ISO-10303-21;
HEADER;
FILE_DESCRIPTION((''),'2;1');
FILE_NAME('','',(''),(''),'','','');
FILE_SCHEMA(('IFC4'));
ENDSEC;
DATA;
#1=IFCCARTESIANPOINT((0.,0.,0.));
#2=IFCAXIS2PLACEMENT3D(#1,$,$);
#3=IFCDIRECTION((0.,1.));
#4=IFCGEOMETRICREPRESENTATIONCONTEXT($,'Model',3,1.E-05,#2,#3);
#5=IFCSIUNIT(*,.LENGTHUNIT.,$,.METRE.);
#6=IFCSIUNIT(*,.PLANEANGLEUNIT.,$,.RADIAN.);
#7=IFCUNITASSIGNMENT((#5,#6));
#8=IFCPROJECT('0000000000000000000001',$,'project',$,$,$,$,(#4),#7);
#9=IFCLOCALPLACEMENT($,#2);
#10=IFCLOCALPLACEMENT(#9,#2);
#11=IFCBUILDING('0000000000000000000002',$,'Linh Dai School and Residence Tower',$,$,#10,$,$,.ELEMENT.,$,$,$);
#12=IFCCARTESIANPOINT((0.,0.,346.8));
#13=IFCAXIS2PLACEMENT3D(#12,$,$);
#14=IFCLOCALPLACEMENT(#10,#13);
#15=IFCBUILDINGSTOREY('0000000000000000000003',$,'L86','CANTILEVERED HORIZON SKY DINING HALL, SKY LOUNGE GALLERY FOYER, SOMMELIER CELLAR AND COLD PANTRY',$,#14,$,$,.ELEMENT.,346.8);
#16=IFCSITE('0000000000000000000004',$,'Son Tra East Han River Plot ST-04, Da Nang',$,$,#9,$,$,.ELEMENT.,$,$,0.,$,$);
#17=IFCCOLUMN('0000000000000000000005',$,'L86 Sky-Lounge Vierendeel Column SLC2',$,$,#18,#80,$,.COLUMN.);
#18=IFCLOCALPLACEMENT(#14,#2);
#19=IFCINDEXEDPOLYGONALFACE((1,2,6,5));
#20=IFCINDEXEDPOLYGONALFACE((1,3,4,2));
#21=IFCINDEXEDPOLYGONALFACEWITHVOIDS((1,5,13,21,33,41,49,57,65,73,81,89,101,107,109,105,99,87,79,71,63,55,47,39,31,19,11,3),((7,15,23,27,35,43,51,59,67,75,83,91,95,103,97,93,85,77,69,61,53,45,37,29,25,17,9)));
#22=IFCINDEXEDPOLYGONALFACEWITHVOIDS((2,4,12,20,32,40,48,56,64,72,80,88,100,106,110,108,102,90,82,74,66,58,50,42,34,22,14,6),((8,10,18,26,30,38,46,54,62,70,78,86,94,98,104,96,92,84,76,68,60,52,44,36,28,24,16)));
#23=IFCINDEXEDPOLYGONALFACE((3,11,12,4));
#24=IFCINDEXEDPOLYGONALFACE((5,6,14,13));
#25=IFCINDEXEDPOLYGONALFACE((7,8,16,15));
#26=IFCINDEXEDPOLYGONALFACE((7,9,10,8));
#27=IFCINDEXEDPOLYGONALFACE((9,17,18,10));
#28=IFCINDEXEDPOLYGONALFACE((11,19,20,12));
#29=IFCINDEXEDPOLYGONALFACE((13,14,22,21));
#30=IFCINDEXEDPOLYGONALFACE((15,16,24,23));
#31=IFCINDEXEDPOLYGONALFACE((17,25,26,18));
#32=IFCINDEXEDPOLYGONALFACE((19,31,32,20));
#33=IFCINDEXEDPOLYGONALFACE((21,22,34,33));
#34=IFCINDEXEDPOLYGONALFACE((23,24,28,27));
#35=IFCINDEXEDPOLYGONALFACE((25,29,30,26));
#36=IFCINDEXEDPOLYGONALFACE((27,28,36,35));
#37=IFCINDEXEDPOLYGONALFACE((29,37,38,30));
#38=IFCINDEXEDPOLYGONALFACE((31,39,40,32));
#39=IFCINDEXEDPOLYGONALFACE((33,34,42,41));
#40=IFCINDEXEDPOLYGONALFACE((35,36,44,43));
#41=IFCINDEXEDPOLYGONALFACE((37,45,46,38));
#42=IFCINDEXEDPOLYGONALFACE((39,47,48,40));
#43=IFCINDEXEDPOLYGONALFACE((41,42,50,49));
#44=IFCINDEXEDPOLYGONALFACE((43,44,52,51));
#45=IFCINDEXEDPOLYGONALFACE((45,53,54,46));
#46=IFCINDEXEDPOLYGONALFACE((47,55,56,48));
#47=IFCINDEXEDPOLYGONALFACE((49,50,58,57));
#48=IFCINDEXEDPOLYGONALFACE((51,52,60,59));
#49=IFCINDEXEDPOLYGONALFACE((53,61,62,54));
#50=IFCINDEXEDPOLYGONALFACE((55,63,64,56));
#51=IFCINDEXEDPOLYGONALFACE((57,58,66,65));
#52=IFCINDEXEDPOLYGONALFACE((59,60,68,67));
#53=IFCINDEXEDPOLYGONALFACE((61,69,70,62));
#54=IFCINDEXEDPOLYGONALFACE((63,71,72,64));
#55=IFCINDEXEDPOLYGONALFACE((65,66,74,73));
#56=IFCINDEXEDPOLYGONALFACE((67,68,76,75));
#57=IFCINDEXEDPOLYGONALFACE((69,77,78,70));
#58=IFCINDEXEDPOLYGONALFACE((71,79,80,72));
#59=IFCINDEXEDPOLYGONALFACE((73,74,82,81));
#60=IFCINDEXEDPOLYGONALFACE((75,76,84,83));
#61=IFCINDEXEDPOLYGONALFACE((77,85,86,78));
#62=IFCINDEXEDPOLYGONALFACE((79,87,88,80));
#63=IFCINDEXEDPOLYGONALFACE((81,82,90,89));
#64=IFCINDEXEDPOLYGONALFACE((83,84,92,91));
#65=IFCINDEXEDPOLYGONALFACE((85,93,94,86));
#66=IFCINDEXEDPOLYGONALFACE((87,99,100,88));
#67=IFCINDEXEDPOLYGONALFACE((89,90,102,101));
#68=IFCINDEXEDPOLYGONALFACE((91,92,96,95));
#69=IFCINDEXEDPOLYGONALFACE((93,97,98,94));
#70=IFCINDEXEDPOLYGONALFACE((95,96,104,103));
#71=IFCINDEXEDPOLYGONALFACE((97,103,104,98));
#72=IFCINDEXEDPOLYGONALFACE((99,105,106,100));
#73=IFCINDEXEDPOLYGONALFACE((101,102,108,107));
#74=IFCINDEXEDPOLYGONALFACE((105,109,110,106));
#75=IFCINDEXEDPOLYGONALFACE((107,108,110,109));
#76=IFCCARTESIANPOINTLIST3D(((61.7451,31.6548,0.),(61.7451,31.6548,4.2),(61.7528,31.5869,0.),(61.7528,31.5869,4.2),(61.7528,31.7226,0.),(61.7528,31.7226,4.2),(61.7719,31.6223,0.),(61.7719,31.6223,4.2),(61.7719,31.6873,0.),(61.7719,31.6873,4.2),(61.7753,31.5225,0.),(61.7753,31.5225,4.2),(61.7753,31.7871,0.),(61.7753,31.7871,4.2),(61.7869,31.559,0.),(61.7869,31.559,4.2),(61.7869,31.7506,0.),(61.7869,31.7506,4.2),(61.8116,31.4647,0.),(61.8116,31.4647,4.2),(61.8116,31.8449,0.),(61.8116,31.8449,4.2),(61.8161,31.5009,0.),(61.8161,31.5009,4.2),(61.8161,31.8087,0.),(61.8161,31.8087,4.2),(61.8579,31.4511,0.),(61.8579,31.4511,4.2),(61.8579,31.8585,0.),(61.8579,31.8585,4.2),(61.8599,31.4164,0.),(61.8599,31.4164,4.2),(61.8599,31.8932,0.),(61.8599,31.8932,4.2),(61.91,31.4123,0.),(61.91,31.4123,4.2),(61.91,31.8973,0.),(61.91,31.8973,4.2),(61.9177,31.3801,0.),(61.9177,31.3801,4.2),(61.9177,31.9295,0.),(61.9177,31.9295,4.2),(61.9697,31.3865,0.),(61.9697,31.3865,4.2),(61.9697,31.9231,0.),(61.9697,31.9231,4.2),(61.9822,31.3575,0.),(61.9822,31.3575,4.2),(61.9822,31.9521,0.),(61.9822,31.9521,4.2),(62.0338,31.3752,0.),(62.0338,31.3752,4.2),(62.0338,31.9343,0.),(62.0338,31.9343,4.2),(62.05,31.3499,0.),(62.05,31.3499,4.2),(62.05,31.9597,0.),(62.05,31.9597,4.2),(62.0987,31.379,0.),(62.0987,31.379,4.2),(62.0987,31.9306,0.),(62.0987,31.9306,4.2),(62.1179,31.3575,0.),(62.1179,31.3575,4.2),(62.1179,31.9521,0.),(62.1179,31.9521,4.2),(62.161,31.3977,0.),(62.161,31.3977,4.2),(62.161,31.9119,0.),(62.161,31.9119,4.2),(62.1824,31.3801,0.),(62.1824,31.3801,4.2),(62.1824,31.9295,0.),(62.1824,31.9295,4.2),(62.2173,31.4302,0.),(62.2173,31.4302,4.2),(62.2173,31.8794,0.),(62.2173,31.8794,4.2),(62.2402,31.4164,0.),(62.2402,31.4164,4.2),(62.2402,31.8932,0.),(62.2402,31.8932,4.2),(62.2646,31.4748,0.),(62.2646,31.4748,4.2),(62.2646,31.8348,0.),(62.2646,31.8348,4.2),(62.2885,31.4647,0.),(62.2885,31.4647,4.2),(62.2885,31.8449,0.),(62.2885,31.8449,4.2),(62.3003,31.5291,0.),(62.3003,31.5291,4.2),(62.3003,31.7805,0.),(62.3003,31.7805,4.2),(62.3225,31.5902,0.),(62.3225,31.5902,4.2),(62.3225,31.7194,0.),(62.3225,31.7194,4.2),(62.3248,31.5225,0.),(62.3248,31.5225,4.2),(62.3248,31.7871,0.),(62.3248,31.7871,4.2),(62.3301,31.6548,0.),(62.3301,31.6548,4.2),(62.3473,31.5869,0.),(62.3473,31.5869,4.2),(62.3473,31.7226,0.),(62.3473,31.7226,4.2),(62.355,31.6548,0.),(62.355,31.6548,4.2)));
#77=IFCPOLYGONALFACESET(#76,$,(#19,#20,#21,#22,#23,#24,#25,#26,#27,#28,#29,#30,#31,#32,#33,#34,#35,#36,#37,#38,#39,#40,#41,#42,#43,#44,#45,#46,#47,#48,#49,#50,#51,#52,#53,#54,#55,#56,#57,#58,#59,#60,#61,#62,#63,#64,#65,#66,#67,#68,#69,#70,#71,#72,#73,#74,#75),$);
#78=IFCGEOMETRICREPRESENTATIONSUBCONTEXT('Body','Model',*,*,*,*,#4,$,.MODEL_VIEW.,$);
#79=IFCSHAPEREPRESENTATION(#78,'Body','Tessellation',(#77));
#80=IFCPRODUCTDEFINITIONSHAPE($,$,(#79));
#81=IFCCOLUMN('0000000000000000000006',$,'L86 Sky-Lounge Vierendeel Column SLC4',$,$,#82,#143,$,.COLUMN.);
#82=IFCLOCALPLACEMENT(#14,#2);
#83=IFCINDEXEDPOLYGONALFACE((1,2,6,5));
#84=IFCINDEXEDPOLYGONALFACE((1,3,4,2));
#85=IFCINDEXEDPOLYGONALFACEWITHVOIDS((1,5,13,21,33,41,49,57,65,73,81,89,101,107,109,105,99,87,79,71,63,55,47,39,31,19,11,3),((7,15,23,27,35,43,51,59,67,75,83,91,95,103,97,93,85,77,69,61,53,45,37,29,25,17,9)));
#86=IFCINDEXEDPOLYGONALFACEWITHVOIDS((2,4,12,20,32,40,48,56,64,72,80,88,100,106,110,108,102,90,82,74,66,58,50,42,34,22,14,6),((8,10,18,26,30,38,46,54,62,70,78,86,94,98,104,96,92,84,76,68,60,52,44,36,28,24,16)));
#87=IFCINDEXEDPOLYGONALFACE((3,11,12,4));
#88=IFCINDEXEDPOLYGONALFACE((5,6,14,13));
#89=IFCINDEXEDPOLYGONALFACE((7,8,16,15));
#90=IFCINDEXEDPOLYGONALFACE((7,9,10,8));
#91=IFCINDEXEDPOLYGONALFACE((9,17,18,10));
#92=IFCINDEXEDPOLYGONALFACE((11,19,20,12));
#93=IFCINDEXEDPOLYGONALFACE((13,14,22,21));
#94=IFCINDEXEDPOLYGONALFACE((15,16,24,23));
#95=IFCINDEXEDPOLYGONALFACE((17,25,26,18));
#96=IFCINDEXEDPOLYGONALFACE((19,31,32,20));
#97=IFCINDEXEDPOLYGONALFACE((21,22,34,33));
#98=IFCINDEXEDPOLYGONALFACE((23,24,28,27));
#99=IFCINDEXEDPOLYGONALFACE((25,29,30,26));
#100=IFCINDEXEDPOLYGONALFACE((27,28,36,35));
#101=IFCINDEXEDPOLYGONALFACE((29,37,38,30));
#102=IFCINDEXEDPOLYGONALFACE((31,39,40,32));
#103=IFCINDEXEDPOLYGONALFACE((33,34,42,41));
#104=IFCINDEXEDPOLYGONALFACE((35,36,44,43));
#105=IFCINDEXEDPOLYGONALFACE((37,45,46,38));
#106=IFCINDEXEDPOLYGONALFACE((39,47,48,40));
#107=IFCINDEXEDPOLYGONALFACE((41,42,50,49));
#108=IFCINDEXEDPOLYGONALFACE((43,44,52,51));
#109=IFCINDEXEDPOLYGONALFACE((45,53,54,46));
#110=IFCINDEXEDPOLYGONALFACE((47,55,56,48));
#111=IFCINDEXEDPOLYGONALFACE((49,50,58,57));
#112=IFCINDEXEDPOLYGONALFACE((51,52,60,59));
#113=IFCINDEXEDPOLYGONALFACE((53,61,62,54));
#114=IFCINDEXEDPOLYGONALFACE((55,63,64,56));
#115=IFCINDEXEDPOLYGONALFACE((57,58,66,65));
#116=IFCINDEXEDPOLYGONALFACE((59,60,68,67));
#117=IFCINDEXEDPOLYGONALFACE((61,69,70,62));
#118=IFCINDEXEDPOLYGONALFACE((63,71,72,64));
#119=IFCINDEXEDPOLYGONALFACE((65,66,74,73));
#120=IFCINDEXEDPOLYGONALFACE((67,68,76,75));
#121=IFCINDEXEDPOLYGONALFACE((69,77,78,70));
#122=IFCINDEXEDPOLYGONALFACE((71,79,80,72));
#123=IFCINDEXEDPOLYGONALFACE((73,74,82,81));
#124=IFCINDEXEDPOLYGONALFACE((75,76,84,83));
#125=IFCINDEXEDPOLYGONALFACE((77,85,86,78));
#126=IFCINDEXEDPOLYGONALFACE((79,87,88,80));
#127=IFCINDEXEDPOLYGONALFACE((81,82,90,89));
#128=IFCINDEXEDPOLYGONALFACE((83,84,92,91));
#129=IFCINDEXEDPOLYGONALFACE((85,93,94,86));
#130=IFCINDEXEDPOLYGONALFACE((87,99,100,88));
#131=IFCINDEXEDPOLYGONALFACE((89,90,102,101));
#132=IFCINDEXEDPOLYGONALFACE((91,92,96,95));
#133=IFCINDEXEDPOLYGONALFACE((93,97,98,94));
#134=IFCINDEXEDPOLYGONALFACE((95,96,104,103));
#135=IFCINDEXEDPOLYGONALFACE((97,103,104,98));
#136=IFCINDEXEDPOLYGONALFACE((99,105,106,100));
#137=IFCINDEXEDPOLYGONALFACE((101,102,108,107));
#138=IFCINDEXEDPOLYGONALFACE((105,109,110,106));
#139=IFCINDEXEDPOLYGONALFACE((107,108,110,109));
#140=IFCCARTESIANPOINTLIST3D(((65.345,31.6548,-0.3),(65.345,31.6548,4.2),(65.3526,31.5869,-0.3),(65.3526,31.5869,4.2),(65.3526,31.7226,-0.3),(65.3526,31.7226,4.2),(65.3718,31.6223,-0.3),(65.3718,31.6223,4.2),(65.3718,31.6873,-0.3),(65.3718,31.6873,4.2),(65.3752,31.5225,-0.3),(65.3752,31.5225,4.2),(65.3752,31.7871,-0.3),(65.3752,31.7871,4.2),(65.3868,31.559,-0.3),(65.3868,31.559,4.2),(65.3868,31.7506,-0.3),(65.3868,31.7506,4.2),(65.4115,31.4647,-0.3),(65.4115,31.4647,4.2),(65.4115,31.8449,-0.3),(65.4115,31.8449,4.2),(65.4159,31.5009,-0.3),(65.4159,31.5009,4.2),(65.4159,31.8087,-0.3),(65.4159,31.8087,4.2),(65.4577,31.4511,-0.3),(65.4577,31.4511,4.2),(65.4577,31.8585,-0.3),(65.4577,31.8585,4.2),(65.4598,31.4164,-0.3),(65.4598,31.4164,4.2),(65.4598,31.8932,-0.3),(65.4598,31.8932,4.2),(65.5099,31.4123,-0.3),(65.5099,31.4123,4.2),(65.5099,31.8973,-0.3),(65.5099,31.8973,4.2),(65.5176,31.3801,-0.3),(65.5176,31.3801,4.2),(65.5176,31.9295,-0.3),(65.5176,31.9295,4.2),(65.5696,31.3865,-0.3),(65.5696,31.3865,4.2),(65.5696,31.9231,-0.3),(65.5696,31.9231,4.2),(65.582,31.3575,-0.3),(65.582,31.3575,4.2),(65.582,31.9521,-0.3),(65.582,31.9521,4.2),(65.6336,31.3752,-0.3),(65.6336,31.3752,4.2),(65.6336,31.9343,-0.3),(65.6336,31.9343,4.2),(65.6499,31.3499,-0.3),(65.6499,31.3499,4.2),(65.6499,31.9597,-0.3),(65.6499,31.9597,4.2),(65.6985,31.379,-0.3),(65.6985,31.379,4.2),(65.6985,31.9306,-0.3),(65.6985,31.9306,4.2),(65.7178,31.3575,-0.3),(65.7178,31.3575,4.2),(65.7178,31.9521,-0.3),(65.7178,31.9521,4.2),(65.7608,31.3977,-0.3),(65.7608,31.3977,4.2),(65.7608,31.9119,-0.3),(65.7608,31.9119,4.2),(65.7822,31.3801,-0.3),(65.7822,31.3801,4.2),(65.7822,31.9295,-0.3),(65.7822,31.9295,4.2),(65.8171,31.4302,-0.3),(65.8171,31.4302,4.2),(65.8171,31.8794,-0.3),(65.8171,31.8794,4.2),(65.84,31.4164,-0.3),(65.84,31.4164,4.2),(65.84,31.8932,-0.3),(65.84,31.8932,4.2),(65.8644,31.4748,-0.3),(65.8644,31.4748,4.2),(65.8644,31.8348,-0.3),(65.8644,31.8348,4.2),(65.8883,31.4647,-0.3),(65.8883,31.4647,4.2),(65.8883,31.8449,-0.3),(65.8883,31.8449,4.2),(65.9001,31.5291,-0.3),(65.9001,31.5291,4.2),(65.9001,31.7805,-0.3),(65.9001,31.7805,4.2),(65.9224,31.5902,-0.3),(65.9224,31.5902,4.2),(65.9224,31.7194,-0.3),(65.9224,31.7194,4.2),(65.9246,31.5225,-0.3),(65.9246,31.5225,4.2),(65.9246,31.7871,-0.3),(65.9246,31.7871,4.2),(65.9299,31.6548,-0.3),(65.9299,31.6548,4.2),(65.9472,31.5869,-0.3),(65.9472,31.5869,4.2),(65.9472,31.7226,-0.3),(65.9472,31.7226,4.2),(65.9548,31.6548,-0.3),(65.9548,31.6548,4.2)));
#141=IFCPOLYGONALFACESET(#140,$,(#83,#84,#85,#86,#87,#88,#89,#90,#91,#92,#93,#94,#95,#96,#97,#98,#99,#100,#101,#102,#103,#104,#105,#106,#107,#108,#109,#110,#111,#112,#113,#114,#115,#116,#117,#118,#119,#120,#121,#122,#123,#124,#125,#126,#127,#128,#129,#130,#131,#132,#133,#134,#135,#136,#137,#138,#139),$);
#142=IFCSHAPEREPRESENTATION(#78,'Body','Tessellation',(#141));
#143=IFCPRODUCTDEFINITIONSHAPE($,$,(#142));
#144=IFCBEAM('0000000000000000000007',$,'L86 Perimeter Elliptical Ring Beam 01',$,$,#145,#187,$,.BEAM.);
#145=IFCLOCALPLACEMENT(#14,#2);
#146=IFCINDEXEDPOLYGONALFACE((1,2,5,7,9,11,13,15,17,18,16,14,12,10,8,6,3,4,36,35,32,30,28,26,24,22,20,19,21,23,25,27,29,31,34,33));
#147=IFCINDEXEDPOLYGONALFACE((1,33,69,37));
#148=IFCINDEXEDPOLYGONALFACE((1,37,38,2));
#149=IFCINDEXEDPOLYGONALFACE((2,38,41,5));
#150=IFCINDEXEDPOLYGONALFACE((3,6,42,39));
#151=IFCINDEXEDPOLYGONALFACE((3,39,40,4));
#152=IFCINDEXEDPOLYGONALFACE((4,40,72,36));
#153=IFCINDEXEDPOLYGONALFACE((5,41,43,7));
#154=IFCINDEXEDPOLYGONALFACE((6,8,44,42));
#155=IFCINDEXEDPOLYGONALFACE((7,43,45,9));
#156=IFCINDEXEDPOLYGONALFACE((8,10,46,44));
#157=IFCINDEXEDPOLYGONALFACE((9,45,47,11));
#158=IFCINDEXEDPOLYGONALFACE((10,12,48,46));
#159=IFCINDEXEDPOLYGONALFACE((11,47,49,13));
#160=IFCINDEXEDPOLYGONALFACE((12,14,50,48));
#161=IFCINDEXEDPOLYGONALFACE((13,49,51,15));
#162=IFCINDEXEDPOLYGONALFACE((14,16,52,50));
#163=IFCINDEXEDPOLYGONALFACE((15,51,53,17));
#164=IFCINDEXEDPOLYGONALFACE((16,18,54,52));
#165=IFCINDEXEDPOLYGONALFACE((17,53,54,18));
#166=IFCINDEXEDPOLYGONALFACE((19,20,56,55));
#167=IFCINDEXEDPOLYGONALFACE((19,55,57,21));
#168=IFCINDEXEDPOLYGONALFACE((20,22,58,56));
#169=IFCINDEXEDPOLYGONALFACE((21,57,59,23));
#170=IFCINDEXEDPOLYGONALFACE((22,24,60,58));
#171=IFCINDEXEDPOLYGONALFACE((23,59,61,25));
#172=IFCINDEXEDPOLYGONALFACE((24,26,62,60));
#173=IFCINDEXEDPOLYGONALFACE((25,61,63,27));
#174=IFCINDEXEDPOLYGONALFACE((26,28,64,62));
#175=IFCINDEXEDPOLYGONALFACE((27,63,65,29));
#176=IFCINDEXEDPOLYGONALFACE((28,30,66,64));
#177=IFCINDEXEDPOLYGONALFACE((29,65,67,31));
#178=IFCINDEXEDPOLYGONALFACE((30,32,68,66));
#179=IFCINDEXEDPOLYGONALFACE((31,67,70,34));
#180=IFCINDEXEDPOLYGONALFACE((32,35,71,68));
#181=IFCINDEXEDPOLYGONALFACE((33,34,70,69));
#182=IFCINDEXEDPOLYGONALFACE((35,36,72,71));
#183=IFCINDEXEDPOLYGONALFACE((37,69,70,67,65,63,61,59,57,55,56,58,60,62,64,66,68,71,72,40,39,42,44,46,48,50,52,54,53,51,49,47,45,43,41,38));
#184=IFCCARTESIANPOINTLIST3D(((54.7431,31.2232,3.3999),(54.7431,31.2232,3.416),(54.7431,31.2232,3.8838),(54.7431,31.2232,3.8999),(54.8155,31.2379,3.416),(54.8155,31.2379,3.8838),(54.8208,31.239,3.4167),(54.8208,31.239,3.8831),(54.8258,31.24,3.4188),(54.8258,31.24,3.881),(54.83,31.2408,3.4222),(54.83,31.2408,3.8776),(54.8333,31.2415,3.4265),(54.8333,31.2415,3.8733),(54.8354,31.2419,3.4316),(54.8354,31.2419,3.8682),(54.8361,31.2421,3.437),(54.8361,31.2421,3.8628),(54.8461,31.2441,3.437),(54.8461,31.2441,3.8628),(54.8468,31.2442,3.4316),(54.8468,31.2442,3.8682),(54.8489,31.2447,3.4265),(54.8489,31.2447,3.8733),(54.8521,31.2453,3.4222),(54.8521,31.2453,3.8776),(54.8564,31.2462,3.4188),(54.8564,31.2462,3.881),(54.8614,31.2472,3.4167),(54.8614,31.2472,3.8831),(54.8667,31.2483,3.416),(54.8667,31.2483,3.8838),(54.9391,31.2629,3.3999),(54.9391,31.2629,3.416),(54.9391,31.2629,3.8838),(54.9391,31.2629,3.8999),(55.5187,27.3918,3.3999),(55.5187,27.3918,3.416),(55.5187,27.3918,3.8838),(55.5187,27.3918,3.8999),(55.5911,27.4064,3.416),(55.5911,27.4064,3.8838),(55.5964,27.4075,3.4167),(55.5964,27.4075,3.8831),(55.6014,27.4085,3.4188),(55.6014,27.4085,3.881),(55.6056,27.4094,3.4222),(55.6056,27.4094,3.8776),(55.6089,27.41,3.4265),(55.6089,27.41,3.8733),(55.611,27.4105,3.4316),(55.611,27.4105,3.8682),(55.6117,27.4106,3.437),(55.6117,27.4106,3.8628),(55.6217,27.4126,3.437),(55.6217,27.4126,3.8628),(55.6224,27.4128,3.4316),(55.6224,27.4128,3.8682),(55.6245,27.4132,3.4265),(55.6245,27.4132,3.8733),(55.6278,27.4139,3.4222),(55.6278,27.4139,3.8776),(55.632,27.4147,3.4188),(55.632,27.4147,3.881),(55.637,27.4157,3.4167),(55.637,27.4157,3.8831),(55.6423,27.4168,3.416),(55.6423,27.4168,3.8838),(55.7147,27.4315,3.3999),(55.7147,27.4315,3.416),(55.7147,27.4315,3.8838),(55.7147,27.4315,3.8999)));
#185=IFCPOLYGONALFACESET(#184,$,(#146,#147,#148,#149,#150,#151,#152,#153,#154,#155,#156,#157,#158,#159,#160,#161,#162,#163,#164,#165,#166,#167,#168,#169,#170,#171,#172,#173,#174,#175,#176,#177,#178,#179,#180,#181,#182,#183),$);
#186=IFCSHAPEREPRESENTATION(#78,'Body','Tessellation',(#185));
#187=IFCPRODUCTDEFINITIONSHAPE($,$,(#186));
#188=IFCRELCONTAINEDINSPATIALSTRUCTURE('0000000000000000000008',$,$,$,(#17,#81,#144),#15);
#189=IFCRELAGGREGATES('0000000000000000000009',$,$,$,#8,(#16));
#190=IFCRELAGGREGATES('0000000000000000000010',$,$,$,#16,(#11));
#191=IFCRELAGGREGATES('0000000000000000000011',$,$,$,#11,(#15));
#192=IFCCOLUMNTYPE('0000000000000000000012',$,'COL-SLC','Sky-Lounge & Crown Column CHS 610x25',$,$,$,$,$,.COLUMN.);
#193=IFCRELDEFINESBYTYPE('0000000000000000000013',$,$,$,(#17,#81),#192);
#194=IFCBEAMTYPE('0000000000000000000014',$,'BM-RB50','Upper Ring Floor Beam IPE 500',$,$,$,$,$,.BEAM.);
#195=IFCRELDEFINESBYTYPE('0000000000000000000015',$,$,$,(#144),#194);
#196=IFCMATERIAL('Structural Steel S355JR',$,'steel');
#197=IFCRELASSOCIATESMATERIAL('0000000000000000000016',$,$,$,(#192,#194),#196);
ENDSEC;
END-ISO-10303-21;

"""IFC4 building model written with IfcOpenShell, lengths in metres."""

from ifc_helpers import new_model, si_unit, direction, frame, origin, origin_2d, place, context, subcontext, project, spatial, hollow_circle, i_section, extrude, material, material_profile, profile_set, type_object, element, save


model = new_model("IFC4")

# Units and contexts
model_context = context("Model", 3, precision=1e-05, world=origin(), true_north=direction((0.0, 1.0)))
body_context = subcontext(model_context, "Body", "Model", "MODEL_VIEW")
ifc_project = project(units=[si_unit("LENGTHUNIT", "METRE"), si_unit("PLANEANGLEUNIT", "RADIAN")], contexts=[model_context])

# Site, building, storey
site_placement = place(None, origin())
site = spatial("IfcSite", under=ifc_project, at=site_placement, Name="Son Tra East Han River Plot ST-04, Da Nang", CompositionType="ELEMENT", RefElevation=0.0)
building_placement = place(site_placement, origin())
building = spatial("IfcBuilding", under=site, at=building_placement, Name="Linh Dai School and Residence Tower", CompositionType="ELEMENT")
storey_placement = place(building_placement, frame((0.0, 0.0, 346.8)))
storey = spatial("IfcBuildingStorey", under=building, at=storey_placement, Name="L86", Description="CANTILEVERED HORIZON SKY DINING HALL, SKY LOUNGE GALLERY FOYER, SOMMELIER CELLAR AND COLD PANTRY", CompositionType="ELEMENT", Elevation=346.8)

# Columns
ifc_material_1 = material(Name="Structural Steel S355JR", Category="steel")
ifc_material_profile_1 = material_profile(ifc_material_1, hollow_circle(Radius=0.3049, WallThickness=0.0249, at=origin_2d()), Name="CHS 610x25")
ifc_profile_set_1 = profile_set([ifc_material_profile_1], Name="Structural Steel S355JR")
column_type_1 = type_object("IfcColumnType", Name="COL-SLC", Description="Sky-Lounge & Crown Column CHS 610x25", PredefinedType="COLUMN", material=ifc_profile_set_1)
column_1_placement = place(storey_placement, frame((62.05, 31.6548, 0.0), z_axis=(0.0, 0.0, 1.0), x_axis=(1.0, 0.0, 0.0)))
element("IfcColumn", 1, at=column_1_placement, inside=storey, type_object=column_type_1, Name="L86 Sky-Lounge Vierendeel Column SLC2", PredefinedType="COLUMN", context=body_context, shape_type="SweptSolid", body=[
    extrude(hollow_circle(Radius=0.3049, WallThickness=0.0249, at=origin_2d()), origin(), (0.0, 0.0, 1.0), 4.2),
])
column_2_placement = place(storey_placement, frame((65.6499, 31.6548, -0.3), z_axis=(0.0, 0.0, 1.0), x_axis=(1.0, 0.0, 0.0)))
element("IfcColumn", 2, at=column_2_placement, inside=storey, type_object=column_type_1, Name="L86 Sky-Lounge Vierendeel Column SLC4", PredefinedType="COLUMN", context=body_context, shape_type="SweptSolid", body=[
    extrude(hollow_circle(Radius=0.3049, WallThickness=0.0249, at=origin_2d()), origin(), (0.0, 0.0, 1.0), 4.5),
])

# Beam
ifc_material_profile_2 = material_profile(ifc_material_1, i_section(OverallWidth=0.2, OverallDepth=0.5, WebThickness=0.0103, FlangeThickness=0.0161, FilletRadius=0.021, at=origin_2d()), Name="IPE 500")
ifc_profile_set_2 = profile_set([ifc_material_profile_2], Name="Structural Steel S355JR")
beam_type_1 = type_object("IfcBeamType", Name="BM-RB50", Description="Upper Ring Floor Beam IPE 500", PredefinedType="BEAM", material=ifc_profile_set_2)
beam_1_placement = place(storey_placement, frame((55.6167, 27.4116, 3.6499), z_axis=(-0.19841, 0.980119, 0.0), x_axis=(-0.980119, -0.19841, 0.0)))
element("IfcBeam", 3, at=beam_1_placement, inside=storey, type_object=beam_type_1, Name="L86 Perimeter Elliptical Ring Beam 01", PredefinedType="BEAM", context=body_context, shape_type="SweptSolid", body=[
    extrude(i_section(OverallWidth=0.2, OverallDepth=0.5, WebThickness=0.0103, FlangeThickness=0.0161, FilletRadius=0.021, at=origin_2d()), origin(), (0.0, 0.0, 1.0), 3.9092),
])

save(model, "model.ifc")
